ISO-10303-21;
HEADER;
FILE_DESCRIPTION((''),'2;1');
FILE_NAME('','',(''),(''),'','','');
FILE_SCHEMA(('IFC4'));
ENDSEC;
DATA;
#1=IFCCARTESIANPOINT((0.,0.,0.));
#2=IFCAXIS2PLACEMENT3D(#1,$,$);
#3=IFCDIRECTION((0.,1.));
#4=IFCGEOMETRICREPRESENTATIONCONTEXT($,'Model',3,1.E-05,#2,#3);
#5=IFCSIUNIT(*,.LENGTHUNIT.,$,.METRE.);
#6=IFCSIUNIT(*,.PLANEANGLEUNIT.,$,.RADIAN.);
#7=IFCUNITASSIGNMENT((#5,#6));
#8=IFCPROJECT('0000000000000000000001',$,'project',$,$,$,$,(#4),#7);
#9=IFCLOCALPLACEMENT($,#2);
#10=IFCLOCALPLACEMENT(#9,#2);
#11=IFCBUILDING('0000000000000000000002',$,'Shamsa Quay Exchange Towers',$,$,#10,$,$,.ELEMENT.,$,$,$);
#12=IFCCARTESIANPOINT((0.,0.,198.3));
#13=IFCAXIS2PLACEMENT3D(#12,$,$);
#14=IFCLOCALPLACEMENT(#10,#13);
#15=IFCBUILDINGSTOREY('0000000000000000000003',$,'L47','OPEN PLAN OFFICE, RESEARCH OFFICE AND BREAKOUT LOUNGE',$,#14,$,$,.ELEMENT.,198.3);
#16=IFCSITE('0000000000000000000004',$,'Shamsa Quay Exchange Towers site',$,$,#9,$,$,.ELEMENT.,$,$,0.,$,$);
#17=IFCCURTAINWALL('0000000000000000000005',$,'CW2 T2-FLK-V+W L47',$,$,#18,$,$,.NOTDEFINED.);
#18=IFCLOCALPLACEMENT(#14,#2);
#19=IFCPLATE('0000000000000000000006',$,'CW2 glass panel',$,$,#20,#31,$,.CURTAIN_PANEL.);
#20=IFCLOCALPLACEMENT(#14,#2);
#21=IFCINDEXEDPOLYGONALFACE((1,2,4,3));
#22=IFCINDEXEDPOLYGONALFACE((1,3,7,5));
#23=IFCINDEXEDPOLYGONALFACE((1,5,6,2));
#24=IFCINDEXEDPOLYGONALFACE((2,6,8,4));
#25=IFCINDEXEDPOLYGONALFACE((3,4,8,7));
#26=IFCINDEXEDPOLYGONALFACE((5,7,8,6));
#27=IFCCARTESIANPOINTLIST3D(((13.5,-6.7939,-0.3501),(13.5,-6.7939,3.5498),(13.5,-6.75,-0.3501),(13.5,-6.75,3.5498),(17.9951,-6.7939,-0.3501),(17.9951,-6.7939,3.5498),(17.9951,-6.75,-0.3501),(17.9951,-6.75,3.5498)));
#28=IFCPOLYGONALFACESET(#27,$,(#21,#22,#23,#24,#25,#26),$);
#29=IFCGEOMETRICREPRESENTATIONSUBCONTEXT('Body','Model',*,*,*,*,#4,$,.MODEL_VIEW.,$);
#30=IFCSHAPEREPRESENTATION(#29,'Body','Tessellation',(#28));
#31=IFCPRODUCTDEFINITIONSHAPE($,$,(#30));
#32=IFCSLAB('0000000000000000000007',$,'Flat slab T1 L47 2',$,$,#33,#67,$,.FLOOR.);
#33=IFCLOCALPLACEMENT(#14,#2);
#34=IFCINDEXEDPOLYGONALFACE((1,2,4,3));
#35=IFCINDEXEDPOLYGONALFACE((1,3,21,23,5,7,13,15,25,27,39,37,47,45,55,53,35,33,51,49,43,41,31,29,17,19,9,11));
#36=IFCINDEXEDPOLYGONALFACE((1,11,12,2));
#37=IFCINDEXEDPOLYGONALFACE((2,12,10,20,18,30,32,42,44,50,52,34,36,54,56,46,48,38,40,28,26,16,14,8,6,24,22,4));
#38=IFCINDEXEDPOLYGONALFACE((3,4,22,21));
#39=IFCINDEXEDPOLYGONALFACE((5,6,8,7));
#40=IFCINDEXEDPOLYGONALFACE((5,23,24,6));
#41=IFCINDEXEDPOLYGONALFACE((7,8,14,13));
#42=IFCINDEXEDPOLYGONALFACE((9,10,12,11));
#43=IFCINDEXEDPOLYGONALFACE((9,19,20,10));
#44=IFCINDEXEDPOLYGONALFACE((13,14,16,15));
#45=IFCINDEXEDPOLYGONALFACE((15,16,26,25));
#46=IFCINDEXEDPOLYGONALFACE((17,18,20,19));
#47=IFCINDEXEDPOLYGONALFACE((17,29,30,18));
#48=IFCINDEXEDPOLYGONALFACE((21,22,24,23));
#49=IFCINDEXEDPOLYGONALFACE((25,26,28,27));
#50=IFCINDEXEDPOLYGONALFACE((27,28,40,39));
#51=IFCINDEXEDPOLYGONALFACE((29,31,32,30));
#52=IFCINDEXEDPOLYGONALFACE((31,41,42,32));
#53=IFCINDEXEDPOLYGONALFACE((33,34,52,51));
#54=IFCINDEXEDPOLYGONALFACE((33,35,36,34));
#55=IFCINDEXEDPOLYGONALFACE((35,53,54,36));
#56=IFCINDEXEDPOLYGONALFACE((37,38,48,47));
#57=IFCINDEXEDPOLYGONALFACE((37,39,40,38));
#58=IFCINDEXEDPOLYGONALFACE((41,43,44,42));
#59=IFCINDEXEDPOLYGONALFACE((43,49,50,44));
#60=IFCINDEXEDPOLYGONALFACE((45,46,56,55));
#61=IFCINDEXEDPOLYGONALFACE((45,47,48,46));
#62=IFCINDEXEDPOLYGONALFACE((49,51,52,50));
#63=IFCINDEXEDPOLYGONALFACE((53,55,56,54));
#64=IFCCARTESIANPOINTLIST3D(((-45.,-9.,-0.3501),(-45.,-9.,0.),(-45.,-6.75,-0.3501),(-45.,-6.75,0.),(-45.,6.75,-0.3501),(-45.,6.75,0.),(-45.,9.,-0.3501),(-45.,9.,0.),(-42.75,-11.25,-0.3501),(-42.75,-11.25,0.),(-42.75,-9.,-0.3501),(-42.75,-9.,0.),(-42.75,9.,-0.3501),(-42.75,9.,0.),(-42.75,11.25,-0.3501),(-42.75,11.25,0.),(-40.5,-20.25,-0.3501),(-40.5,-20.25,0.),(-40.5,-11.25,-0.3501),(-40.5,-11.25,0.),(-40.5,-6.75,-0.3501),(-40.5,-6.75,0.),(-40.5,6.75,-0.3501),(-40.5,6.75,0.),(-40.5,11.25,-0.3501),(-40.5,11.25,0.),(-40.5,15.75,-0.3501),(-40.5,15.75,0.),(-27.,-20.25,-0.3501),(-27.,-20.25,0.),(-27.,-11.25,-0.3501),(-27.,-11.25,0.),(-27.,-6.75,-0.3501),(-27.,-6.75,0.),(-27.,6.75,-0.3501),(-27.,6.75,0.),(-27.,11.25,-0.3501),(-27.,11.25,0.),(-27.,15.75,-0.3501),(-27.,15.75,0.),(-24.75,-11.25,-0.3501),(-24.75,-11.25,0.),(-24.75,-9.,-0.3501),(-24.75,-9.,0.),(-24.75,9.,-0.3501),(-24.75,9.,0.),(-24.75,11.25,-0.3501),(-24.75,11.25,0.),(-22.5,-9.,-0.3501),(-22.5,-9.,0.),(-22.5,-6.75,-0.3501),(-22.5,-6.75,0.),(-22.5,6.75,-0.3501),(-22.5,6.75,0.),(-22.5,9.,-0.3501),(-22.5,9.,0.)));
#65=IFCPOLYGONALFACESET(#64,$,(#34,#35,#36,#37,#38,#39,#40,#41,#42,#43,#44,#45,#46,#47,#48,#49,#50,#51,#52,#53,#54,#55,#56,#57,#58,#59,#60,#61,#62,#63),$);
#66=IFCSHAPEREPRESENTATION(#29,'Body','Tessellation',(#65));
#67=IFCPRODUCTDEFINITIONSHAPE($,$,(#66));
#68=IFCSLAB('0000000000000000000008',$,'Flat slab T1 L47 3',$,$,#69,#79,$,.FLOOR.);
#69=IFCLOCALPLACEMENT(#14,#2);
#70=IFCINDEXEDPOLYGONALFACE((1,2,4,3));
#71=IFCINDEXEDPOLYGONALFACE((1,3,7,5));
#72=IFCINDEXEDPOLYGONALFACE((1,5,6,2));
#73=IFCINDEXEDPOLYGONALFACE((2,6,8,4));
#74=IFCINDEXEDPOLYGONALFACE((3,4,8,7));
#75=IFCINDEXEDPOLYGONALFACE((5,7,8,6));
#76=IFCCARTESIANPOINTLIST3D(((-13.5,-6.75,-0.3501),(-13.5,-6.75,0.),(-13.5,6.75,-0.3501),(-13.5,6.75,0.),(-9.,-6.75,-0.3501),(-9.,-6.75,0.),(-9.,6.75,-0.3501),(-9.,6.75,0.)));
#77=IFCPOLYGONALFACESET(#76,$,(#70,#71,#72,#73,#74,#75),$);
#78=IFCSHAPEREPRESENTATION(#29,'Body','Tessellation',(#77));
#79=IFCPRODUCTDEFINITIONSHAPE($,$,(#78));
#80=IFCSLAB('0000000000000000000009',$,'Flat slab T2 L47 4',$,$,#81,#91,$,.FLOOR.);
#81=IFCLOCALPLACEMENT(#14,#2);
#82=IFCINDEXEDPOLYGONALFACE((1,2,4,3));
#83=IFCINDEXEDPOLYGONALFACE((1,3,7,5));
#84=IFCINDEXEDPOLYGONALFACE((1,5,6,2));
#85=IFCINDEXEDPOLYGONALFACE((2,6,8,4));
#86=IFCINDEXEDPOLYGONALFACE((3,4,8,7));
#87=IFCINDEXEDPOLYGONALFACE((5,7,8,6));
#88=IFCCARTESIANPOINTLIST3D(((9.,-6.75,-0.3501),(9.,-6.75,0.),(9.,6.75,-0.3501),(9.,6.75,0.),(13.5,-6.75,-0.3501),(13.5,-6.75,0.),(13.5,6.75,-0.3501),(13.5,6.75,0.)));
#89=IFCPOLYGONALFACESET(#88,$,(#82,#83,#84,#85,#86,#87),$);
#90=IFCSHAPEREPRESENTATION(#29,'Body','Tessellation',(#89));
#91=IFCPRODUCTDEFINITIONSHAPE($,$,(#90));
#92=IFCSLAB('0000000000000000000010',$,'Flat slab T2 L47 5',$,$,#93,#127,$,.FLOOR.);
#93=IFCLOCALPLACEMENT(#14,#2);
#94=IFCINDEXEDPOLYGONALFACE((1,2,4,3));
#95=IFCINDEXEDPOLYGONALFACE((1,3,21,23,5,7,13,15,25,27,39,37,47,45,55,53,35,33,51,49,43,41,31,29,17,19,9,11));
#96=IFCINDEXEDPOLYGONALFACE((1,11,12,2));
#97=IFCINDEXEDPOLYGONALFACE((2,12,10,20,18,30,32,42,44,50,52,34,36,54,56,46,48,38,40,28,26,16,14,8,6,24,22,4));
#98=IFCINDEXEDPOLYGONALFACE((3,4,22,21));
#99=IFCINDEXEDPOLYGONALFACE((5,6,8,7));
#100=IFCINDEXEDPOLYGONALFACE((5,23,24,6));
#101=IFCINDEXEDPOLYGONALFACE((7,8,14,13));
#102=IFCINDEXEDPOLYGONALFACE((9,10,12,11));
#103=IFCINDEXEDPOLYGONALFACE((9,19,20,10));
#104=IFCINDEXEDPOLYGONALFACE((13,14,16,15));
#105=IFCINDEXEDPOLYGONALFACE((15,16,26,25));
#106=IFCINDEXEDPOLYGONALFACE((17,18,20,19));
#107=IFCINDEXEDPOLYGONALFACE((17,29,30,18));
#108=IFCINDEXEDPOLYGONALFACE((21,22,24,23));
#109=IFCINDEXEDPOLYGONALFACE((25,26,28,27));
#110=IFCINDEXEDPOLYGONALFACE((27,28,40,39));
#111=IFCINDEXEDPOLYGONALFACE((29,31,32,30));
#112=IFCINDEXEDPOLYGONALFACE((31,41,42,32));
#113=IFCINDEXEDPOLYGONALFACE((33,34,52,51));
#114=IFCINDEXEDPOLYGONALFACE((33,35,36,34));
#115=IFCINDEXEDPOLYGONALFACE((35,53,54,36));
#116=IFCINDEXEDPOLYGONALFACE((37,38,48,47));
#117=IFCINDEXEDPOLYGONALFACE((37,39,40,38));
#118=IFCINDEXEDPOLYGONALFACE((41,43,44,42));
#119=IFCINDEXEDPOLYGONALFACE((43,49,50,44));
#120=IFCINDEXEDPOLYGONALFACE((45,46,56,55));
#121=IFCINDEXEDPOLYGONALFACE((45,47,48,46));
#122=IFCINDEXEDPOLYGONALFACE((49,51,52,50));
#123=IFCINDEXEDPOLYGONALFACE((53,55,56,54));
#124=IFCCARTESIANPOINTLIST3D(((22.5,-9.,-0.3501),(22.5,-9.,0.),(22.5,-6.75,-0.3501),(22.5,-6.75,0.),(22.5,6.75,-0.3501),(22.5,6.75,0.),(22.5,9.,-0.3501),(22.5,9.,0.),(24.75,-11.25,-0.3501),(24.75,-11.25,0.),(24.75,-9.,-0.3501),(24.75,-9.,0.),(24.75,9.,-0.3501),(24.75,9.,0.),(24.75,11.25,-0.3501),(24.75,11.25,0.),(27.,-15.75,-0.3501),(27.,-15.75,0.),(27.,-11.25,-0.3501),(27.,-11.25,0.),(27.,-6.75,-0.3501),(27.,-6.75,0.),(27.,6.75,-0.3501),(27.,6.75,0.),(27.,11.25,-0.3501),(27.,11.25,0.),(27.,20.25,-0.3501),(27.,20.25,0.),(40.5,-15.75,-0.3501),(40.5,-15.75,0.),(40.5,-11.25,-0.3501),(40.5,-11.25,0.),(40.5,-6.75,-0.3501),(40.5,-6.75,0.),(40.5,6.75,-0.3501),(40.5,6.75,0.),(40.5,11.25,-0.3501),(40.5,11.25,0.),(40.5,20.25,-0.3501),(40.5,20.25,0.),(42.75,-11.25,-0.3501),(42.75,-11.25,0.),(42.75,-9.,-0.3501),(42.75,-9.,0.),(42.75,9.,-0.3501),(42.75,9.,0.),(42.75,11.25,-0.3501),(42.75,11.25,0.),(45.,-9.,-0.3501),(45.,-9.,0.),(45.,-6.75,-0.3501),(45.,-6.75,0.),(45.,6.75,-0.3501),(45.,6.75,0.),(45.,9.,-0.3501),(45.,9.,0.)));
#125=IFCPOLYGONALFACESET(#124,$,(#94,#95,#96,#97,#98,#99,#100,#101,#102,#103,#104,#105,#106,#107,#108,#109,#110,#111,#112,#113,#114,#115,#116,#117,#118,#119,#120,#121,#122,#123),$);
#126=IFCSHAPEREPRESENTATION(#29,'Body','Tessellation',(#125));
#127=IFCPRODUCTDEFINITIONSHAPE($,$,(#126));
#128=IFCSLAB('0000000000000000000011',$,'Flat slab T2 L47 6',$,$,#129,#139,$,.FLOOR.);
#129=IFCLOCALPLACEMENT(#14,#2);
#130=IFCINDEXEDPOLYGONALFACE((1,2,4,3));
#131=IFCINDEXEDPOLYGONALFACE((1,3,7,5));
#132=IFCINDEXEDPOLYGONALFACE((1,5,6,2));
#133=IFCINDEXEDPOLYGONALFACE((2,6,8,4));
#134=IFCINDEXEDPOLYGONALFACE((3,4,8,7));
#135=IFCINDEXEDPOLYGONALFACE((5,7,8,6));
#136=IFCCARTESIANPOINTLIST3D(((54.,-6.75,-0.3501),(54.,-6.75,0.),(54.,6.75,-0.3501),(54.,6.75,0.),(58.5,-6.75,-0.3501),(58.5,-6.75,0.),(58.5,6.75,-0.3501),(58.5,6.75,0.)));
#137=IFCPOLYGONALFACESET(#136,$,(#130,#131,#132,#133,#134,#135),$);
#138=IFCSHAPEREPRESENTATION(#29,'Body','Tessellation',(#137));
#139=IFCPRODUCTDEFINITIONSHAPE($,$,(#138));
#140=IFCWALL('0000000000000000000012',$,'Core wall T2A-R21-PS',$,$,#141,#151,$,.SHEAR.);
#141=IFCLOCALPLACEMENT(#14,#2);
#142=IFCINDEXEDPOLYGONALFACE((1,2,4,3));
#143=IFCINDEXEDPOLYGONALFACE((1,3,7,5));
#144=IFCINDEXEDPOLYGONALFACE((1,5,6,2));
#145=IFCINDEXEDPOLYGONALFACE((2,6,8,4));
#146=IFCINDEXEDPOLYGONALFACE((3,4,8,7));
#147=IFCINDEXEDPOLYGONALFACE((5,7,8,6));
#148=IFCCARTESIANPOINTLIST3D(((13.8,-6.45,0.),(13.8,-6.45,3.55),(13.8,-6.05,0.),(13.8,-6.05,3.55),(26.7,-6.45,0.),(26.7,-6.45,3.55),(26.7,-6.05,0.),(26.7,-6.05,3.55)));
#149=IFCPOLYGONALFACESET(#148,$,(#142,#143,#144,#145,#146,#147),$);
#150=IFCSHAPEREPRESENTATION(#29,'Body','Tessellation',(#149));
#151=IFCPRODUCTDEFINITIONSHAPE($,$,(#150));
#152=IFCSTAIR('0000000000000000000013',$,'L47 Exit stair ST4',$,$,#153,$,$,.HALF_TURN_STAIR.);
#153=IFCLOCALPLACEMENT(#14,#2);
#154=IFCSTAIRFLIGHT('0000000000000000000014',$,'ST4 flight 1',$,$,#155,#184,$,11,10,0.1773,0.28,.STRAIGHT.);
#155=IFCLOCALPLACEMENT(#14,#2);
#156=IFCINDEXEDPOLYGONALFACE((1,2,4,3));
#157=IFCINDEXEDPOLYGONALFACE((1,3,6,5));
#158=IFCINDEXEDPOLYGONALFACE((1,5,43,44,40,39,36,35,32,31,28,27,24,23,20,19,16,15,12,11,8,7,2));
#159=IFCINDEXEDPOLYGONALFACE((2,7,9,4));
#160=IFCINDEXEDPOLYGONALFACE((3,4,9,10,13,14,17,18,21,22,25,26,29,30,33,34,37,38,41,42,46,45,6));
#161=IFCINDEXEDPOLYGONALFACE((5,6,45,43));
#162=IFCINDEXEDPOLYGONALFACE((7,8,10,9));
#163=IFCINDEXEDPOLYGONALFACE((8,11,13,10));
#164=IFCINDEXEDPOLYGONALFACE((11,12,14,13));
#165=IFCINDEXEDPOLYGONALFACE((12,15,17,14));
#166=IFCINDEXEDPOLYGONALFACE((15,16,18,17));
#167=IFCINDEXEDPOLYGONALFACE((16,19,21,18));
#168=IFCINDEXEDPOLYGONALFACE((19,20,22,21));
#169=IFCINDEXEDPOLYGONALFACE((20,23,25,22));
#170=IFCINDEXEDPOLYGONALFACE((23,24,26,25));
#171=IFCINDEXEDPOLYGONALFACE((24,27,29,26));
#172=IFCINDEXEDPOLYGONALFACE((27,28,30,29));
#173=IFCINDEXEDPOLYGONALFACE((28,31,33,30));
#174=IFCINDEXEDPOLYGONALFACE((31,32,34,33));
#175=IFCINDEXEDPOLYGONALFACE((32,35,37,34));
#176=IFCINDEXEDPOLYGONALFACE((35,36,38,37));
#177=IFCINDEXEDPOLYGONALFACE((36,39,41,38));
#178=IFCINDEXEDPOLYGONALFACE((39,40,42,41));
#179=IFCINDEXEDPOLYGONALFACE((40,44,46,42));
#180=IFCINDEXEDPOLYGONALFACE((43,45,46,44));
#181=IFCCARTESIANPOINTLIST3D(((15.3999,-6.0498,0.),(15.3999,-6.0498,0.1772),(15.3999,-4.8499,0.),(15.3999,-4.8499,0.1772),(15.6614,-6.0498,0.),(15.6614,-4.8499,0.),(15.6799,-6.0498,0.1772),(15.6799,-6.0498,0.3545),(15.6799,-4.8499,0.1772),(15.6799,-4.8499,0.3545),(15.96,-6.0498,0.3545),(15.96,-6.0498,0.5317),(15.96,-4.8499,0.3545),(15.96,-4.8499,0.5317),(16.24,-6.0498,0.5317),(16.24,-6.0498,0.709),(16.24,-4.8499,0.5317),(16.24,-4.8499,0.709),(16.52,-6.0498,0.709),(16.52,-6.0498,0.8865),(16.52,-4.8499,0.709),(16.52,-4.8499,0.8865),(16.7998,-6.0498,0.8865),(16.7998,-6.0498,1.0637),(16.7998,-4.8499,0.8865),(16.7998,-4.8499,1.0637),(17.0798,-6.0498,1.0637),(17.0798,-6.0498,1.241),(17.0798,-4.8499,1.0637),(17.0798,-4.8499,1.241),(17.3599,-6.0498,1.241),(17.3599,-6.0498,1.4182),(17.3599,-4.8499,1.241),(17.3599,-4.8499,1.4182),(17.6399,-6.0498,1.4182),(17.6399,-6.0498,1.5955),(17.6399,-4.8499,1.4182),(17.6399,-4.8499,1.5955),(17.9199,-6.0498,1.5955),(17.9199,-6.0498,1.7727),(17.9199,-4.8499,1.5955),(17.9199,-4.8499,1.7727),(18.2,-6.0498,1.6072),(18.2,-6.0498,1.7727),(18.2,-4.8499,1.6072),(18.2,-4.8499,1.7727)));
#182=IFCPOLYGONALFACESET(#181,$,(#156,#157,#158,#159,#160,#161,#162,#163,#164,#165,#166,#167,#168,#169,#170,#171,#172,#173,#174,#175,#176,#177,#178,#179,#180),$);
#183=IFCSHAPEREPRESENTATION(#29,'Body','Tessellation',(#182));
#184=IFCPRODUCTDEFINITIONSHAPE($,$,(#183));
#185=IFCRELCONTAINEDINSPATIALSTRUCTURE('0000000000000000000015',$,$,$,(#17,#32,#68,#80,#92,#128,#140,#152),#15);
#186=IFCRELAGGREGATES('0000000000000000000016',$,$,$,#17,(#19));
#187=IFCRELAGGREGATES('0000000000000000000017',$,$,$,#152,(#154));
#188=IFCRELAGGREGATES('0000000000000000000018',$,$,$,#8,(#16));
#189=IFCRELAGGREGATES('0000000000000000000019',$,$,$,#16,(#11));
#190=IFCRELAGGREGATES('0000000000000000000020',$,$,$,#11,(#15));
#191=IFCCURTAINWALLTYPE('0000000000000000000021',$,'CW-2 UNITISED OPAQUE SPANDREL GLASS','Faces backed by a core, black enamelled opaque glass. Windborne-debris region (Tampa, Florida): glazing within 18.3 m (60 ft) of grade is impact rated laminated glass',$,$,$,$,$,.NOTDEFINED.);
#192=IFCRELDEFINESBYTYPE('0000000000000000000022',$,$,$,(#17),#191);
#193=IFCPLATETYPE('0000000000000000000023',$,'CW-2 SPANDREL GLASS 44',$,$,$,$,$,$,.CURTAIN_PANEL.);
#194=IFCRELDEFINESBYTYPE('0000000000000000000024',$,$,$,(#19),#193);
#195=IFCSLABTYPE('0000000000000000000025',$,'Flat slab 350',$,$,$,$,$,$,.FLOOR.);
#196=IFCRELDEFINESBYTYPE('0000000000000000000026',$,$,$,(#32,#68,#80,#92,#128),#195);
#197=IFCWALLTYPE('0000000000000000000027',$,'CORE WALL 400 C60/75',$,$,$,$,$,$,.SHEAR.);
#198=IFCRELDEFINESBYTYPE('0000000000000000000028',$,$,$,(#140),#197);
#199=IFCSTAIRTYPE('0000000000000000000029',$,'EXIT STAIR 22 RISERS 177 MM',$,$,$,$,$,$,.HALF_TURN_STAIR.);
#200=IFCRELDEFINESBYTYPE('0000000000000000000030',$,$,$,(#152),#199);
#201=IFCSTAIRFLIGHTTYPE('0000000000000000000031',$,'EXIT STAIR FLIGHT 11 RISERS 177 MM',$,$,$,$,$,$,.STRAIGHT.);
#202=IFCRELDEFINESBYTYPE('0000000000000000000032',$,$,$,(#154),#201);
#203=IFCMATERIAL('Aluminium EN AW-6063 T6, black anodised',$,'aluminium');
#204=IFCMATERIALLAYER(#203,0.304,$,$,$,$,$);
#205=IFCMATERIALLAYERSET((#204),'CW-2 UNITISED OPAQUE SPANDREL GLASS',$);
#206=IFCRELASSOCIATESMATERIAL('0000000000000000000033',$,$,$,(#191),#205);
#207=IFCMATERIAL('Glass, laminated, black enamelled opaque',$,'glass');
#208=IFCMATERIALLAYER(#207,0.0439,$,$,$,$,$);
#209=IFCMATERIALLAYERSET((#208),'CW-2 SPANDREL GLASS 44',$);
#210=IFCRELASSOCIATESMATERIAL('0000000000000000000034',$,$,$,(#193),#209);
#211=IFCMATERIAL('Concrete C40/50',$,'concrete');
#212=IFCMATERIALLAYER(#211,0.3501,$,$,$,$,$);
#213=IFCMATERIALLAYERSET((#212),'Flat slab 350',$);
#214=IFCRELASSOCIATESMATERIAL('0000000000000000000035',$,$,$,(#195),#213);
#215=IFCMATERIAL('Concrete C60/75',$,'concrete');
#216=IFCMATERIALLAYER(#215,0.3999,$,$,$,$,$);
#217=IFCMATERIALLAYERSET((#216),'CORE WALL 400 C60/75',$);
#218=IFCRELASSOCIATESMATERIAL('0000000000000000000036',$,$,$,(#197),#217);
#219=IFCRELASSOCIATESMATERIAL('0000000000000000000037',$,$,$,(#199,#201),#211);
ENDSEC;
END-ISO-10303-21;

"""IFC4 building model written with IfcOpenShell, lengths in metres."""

from ifc_helpers import new_model, si_unit, direction, frame, frame_2d, origin, origin_2d, place, context, subcontext, project, spatial, polyline, rectangle, outline, extrude, material, layer, layer_set, type_object, element, aggregate, save


model = new_model("IFC4")

# Units and contexts
model_context = context("Model", 3, precision=1e-05, world=origin(), true_north=direction((0.0, 1.0)))
body_context = subcontext(model_context, "Body", "Model", "MODEL_VIEW")
ifc_project = project(units=[si_unit("LENGTHUNIT", "METRE"), si_unit("PLANEANGLEUNIT", "RADIAN")], contexts=[model_context])

# Site, building, storey
site_placement = place(None, origin())
site = spatial("IfcSite", under=ifc_project, at=site_placement, Name="Shamsa Quay Exchange Towers site", CompositionType="ELEMENT", RefElevation=0.0)
building_placement = place(site_placement, origin())
building = spatial("IfcBuilding", under=site, at=building_placement, Name="Shamsa Quay Exchange Towers", CompositionType="ELEMENT")
storey_placement = place(building_placement, frame((0.0, 0.0, 198.3)))
storey = spatial("IfcBuildingStorey", under=building, at=storey_placement, Name="L47", Description="OPEN PLAN OFFICE, RESEARCH OFFICE AND BREAKOUT LOUNGE", CompositionType="ELEMENT", Elevation=198.3)

# Shared definitions
ifc_material_1 = material(Name="Aluminium EN AW-6063 T6, black anodised", Category="aluminium")

# Curtain wall, plate
ifc_layer_1 = layer(ifc_material_1, 0.304)
ifc_layer_set_1 = layer_set([ifc_layer_1], Name="CW-2 UNITISED OPAQUE SPANDREL GLASS")
curtain_wall_type_1 = type_object("IfcCurtainWallType", Name="CW-2 UNITISED OPAQUE SPANDREL GLASS", Description="Faces backed by a core, black enamelled opaque glass. Windborne-debris region (Tampa, Florida): glazing within 18.3 m (60 ft) of grade is impact rated laminated glass", PredefinedType="NOTDEFINED", material=ifc_layer_set_1)
curtain_wall_1_placement = place(storey_placement, origin())
curtain_wall_1 = element("IfcCurtainWall", 1, at=curtain_wall_1_placement, inside=storey, type_object=curtain_wall_type_1, Name="CW2 T2-FLK-V+W L47", PredefinedType="NOTDEFINED")
ifc_material_2 = material(Name="Glass, laminated, black enamelled opaque", Category="glass")
ifc_layer_2 = layer(ifc_material_2, 0.0439)
ifc_layer_set_2 = layer_set([ifc_layer_2], Name="CW-2 SPANDREL GLASS 44")
plate_type_1 = type_object("IfcPlateType", Name="CW-2 SPANDREL GLASS 44", PredefinedType="CURTAIN_PANEL", material=ifc_layer_set_2)
plate_1_placement = place(storey_placement, frame((15.7476, -6.772, -0.3501)))
plate_1 = element("IfcPlate", 2, at=plate_1_placement, type_object=plate_type_1, Name="CW2 glass panel", PredefinedType="CURTAIN_PANEL", context=body_context, shape_type="SweptSolid", body=[
    extrude(rectangle(XDim=4.4951, YDim=0.0439, at=origin_2d()), origin(), (0.0, 0.0, 1.0), 3.8999),
])
aggregate(curtain_wall_1, [plate_1])

# Slabs
ifc_material_3 = material(Name="Concrete C40/50", Category="concrete")
ifc_layer_3 = layer(ifc_material_3, 0.3501)
ifc_layer_set_3 = layer_set([ifc_layer_3], Name="Flat slab 350")
slab_type_1 = type_object("IfcSlabType", Name="Flat slab 350", PredefinedType="FLOOR", material=ifc_layer_set_3)
slab_1_placement = place(storey_placement, frame((0.0, 0.0, -0.3501)))
element("IfcSlab", 3, at=slab_1_placement, inside=storey, type_object=slab_type_1, Name="Flat slab T1 L47 2", PredefinedType="FLOOR", context=body_context, shape_type="SweptSolid", body=[
    extrude(outline(polyline([(-22.5, -9.0), (-22.5, -6.75), (-27.0, -6.75), (-27.0, 6.75), (-22.5, 6.75), (-22.5, 9.0), (-24.75, 9.0), (-24.75, 11.25), (-27.0, 11.25), (-27.0, 15.75), (-40.5, 15.75), (-40.5, 11.25), (-42.75, 11.25), (-42.75, 9.0), (-45.0, 9.0), (-45.0, 6.75), (-40.5, 6.75), (-40.5, -6.75), (-45.0, -6.75), (-45.0, -9.0), (-42.75, -9.0), (-42.75, -11.25), (-40.5, -11.25), (-40.5, -20.25), (-27.0, -20.25), (-27.0, -11.25), (-24.75, -11.25), (-24.75, -9.0), (-22.5, -9.0)])), origin(), (0.0, 0.0, 1.0), 0.3501),
])
slab_2_placement = place(storey_placement, frame((0.0, 0.0, -0.3501)))
element("IfcSlab", 4, at=slab_2_placement, inside=storey, type_object=slab_type_1, Name="Flat slab T1 L47 3", PredefinedType="FLOOR", context=body_context, shape_type="SweptSolid", body=[
    extrude(outline(polyline([(-9.0, 6.75), (-13.5, 6.75), (-13.5, -6.75), (-9.0, -6.75), (-9.0, 6.75)])), origin(), (0.0, 0.0, 1.0), 0.3501),
])
slab_3_placement = place(storey_placement, frame((0.0, 0.0, -0.3501)))
element("IfcSlab", 5, at=slab_3_placement, inside=storey, type_object=slab_type_1, Name="Flat slab T2 L47 4", PredefinedType="FLOOR", context=body_context, shape_type="SweptSolid", body=[
    extrude(outline(polyline([(9.0, -6.75), (13.5, -6.75), (13.5, 6.75), (9.0, 6.75), (9.0, -6.75)])), origin(), (0.0, 0.0, 1.0), 0.3501),
])
slab_4_placement = place(storey_placement, frame((0.0, 0.0, -0.3501)))
element("IfcSlab", 6, at=slab_4_placement, inside=storey, type_object=slab_type_1, Name="Flat slab T2 L47 5", PredefinedType="FLOOR", context=body_context, shape_type="SweptSolid", body=[
    extrude(outline(polyline([(45.0, -9.0), (45.0, -6.75), (40.5, -6.75), (40.5, 6.75), (45.0, 6.75), (45.0, 9.0), (42.75, 9.0), (42.75, 11.25), (40.5, 11.25), (40.5, 20.25), (27.0, 20.25), (27.0, 11.25), (24.75, 11.25), (24.75, 9.0), (22.5, 9.0), (22.5, 6.75), (27.0, 6.75), (27.0, -6.75), (22.5, -6.75), (22.5, -9.0), (24.75, -9.0), (24.75, -11.25), (27.0, -11.25), (27.0, -15.75), (40.5, -15.75), (40.5, -11.25), (42.75, -11.25), (42.75, -9.0), (45.0, -9.0)])), origin(), (0.0, 0.0, 1.0), 0.3501),
])
slab_5_placement = place(storey_placement, frame((0.0, 0.0, -0.3501)))
element("IfcSlab", 7, at=slab_5_placement, inside=storey, type_object=slab_type_1, Name="Flat slab T2 L47 6", PredefinedType="FLOOR", context=body_context, shape_type="SweptSolid", body=[
    extrude(outline(polyline([(58.5, 6.75), (54.0, 6.75), (54.0, -6.75), (58.5, -6.75), (58.5, 6.75)])), origin(), (0.0, 0.0, 1.0), 0.3501),
])

# Wall
ifc_material_4 = material(Name="Concrete C60/75", Category="concrete")
ifc_layer_4 = layer(ifc_material_4, 0.3999)
ifc_layer_set_4 = layer_set([ifc_layer_4], Name="CORE WALL 400 C60/75")
wall_type = type_object("IfcWallType", Name="CORE WALL 400 C60/75", PredefinedType="SHEAR", material=ifc_layer_set_4)
wall_placement = place(storey_placement, frame((13.8, -6.25, 0.0)))
element("IfcWall", 8, at=wall_placement, inside=storey, type_object=wall_type, Name="Core wall T2A-R21-PS", PredefinedType="SHEAR", context=body_context, shape_type="SweptSolid", body=[
    extrude(rectangle(XDim=12.8999, YDim=0.3999, at=frame_2d((6.45, 0.0))), origin(), (0.0, 0.0, 1.0), 3.55),
])

# Stair, stair flight
stair_type = type_object("IfcStairType", Name="EXIT STAIR 22 RISERS 177 MM", PredefinedType="HALF_TURN_STAIR", material=ifc_material_3)
stair_placement = place(storey_placement, origin())
stair = element("IfcStair", 9, at=stair_placement, inside=storey, type_object=stair_type, Name="L47 Exit stair ST4", PredefinedType="HALF_TURN_STAIR")
stair_flight_type = type_object("IfcStairFlightType", Name="EXIT STAIR FLIGHT 11 RISERS 177 MM", PredefinedType="STRAIGHT", material=ifc_material_3)
stair_flight_placement = place(storey_placement, frame((15.3999, -5.45, 0.0)))
stair_flight = element("IfcStairFlight", 10, at=stair_flight_placement, type_object=stair_flight_type, Name="ST4 flight 1", NumberOfRisers=11, NumberOfTreads=10, PredefinedType="STRAIGHT", RiserHeight=0.1773, TreadLength=0.28, context=body_context, shape_type="SweptSolid", body=[
    extrude(outline(polyline([(0.0, 0.0), (0.0, 0.1772), (0.28, 0.1772), (0.28, 0.3545), (0.5601, 0.3545), (0.5601, 0.5317), (0.8401, 0.5317), (0.8401, 0.709), (1.1201, 0.709), (1.1201, 0.8865), (1.3999, 0.8865), (1.3999, 1.0637), (1.6799, 1.0637), (1.6799, 1.241), (1.96, 1.241), (1.96, 1.4182), (2.24, 1.4182), (2.24, 1.5955), (2.52, 1.5955), (2.52, 1.7727), (2.8, 1.7727), (2.8, 1.95), (2.8, 1.6072), (0.2615, 0.0), (0.0, 0.0)])), frame((0.0, 0.6001, 0.0), z_axis=(0.0, -1.0, 0.0), x_axis=(1.0, 0.0, 0.0)), (0.0, 0.0, 1.0), 1.2),
])
aggregate(stair, [stair_flight])

save(model, "model.ifc")
